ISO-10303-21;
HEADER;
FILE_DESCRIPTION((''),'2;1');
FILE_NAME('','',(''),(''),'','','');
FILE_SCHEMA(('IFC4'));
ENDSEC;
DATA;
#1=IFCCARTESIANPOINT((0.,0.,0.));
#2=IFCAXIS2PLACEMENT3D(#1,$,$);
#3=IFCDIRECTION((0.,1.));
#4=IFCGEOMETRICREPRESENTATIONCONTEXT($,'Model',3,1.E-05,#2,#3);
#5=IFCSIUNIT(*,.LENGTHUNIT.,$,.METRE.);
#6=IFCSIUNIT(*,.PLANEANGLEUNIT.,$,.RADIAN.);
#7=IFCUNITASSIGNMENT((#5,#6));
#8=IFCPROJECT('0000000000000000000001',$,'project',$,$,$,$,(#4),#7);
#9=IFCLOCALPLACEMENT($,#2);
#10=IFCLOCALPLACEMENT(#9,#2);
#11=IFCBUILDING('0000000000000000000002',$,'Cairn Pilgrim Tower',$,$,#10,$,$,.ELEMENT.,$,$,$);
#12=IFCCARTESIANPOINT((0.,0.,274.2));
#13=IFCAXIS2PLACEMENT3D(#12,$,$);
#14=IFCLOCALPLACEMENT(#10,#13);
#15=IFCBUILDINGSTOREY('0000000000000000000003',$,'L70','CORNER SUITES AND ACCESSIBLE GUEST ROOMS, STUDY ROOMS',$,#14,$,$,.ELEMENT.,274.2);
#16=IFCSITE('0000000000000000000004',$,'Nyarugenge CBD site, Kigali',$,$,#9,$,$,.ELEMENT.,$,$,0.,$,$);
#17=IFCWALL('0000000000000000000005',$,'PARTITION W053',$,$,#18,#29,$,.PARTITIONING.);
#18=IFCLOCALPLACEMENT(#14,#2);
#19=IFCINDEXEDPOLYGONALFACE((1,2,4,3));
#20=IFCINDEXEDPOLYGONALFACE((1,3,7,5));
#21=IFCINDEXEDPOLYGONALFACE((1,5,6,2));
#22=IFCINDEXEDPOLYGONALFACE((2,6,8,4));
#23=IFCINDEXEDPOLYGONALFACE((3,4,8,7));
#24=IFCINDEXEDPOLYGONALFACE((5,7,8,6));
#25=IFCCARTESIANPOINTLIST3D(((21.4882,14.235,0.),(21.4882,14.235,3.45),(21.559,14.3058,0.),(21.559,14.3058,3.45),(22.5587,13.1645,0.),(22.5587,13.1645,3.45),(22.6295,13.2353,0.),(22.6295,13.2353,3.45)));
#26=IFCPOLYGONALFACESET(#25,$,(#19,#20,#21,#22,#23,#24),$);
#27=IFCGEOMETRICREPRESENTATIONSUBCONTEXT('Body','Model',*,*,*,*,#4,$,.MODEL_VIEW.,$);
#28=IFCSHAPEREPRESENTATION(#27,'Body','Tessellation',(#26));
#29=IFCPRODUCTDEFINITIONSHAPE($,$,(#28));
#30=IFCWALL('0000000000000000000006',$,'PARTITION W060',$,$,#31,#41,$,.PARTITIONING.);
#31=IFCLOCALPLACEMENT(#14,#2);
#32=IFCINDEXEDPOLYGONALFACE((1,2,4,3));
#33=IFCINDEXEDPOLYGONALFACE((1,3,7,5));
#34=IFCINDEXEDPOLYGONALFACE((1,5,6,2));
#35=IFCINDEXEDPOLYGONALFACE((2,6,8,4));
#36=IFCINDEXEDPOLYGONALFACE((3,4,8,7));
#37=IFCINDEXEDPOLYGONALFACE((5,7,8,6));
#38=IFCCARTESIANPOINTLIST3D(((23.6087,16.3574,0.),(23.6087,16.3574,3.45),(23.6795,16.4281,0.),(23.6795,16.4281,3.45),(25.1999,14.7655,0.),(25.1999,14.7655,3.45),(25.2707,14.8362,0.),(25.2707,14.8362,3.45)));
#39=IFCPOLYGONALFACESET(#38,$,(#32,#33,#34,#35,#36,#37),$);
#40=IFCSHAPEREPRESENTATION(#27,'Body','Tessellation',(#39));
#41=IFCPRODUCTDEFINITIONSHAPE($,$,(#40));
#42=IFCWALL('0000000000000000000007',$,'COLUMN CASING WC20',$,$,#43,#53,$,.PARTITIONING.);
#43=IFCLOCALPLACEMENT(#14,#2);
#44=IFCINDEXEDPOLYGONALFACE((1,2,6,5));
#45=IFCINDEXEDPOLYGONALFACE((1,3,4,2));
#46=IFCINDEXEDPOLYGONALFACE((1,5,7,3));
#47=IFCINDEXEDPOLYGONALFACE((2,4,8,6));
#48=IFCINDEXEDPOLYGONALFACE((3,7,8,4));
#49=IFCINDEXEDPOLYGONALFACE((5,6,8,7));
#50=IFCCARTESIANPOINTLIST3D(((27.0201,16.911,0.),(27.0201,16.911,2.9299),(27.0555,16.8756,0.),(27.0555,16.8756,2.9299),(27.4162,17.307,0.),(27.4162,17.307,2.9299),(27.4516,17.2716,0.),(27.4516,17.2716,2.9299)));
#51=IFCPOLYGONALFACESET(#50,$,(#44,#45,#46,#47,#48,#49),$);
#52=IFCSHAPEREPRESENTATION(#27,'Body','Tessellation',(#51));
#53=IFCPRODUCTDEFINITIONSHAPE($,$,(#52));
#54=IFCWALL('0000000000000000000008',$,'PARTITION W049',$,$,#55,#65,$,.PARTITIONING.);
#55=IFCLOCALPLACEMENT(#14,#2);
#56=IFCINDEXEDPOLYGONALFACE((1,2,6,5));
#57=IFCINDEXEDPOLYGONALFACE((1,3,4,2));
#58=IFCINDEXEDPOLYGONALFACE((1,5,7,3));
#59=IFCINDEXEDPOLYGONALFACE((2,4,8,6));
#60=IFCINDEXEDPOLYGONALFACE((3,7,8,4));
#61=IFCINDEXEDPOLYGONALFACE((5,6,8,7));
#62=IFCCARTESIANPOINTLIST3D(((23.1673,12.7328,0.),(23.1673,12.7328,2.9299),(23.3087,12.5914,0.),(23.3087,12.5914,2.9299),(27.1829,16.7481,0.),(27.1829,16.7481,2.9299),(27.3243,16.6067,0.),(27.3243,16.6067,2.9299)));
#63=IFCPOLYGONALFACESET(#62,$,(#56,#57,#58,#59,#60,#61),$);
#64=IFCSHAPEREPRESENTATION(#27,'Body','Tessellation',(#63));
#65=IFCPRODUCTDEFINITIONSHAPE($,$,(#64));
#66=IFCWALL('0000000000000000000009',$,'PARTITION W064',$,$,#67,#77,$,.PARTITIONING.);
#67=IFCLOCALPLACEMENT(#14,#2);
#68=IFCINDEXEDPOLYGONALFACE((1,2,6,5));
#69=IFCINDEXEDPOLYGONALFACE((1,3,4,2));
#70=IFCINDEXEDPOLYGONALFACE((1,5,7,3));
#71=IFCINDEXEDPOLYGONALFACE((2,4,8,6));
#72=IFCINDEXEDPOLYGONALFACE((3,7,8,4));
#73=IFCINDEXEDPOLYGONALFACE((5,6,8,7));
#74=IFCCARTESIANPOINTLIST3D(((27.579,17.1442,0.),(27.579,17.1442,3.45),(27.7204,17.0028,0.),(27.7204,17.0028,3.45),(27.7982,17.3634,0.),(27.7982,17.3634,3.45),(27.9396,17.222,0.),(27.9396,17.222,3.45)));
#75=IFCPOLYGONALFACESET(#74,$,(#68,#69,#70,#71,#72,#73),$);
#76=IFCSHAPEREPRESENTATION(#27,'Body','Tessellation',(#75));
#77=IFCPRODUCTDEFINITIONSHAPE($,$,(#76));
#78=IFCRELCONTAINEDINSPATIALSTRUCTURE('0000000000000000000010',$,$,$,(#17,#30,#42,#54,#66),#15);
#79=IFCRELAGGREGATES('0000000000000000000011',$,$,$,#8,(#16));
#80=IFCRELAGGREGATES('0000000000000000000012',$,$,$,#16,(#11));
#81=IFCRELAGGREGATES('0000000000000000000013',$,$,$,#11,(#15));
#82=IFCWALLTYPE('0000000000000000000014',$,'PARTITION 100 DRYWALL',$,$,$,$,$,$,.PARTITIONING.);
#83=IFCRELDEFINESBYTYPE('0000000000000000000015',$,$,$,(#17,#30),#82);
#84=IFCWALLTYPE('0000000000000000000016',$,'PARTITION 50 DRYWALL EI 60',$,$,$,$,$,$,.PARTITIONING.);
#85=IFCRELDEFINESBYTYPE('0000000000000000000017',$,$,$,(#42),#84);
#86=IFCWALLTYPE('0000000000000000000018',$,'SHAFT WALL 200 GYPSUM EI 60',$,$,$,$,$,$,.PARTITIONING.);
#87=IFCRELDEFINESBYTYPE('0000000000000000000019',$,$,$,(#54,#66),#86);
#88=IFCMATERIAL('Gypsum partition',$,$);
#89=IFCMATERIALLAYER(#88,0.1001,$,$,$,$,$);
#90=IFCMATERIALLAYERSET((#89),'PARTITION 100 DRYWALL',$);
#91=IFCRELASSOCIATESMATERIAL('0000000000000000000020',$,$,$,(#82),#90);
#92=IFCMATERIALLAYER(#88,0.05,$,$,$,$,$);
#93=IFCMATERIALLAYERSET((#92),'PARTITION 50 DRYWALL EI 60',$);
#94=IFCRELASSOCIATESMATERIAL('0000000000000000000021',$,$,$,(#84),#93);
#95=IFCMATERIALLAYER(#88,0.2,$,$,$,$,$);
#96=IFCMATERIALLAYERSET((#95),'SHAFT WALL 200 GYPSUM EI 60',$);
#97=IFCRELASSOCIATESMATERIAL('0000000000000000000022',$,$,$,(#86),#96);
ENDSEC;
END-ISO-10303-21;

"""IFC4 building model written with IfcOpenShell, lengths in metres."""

from ifc_helpers import new_model, si_unit, direction, frame, frame_2d, origin, place, context, subcontext, project, spatial, rectangle, extrude, material, layer, layer_set, type_object, element, save


model = new_model("IFC4")

# Units and contexts
model_context = context("Model", 3, precision=1e-05, world=origin(), true_north=direction((0.0, 1.0)))
body_context = subcontext(model_context, "Body", "Model", "MODEL_VIEW")
ifc_project = project(units=[si_unit("LENGTHUNIT", "METRE"), si_unit("PLANEANGLEUNIT", "RADIAN")], contexts=[model_context])

# Site, building, storey
site_placement = place(None, origin())
site = spatial("IfcSite", under=ifc_project, at=site_placement, Name="Nyarugenge CBD site, Kigali", CompositionType="ELEMENT", RefElevation=0.0)
building_placement = place(site_placement, origin())
building = spatial("IfcBuilding", under=site, at=building_placement, Name="Cairn Pilgrim Tower", CompositionType="ELEMENT")
storey_placement = place(building_placement, frame((0.0, 0.0, 274.2)))
storey = spatial("IfcBuildingStorey", under=building, at=storey_placement, Name="L70", Description="CORNER SUITES AND ACCESSIBLE GUEST ROOMS, STUDY ROOMS", CompositionType="ELEMENT", Elevation=274.2)

# Walls
ifc_material_1 = material(Name="Gypsum partition")
ifc_layer_1 = layer(ifc_material_1, 0.1001)
ifc_layer_set_1 = layer_set([ifc_layer_1], Name="PARTITION 100 DRYWALL")
wall_type_1 = type_object("IfcWallType", Name="PARTITION 100 DRYWALL", PredefinedType="PARTITIONING", material=ifc_layer_set_1)
wall_1_placement = place(storey_placement, frame((22.594, 13.2, 0.0), z_axis=(0.0, 0.0, 1.0), x_axis=(-0.707107, 0.707107, 0.0)))
element("IfcWall", 1, at=wall_1_placement, inside=storey, type_object=wall_type_1, Name="PARTITION W053", PredefinedType="PARTITIONING", context=body_context, shape_type="SweptSolid", body=[
    extrude(rectangle(XDim=1.5139, YDim=0.1001, at=frame_2d((0.7568, 0.0))), origin(), (0.0, 0.0, 1.0), 3.45),
])
wall_2_placement = place(storey_placement, frame((25.2354, 14.8008, 0.0), z_axis=(0.0, 0.0, 1.0), x_axis=(-0.706944, 0.707269, 0.0)))
element("IfcWall", 2, at=wall_2_placement, inside=storey, type_object=wall_type_1, Name="PARTITION W060", PredefinedType="PARTITIONING", context=body_context, shape_type="SweptSolid", body=[
    extrude(rectangle(XDim=2.2507, YDim=0.1001, at=frame_2d((1.1255, 0.0))), origin(), (0.0, 0.0, 1.0), 3.45),
])
ifc_layer_2 = layer(ifc_material_1, 0.05)
ifc_layer_set_2 = layer_set([ifc_layer_2], Name="PARTITION 50 DRYWALL EI 60")
wall_type_2 = type_object("IfcWallType", Name="PARTITION 50 DRYWALL EI 60", PredefinedType="PARTITIONING", material=ifc_layer_set_2)
wall_3_placement = place(storey_placement, frame((27.0378, 16.8933, 0.0), z_axis=(0.0, 0.0, 1.0), x_axis=(0.707107, 0.707107, 0.0)))
element("IfcWall", 3, at=wall_3_placement, inside=storey, type_object=wall_type_2, Name="COLUMN CASING WC20", PredefinedType="PARTITIONING", context=body_context, shape_type="SweptSolid", body=[
    extrude(rectangle(XDim=0.5601, YDim=0.05, at=frame_2d((0.28, 0.0))), origin(), (0.0, 0.0, 1.0), 2.9299),
])
ifc_layer_3 = layer(ifc_material_1, 0.2)
ifc_layer_set_3 = layer_set([ifc_layer_3], Name="SHAFT WALL 200 GYPSUM EI 60")
wall_type_3 = type_object("IfcWallType", Name="SHAFT WALL 200 GYPSUM EI 60", PredefinedType="PARTITIONING", material=ifc_layer_set_3)
wall_4_placement = place(storey_placement, frame((23.238, 12.6621, 0.0), z_axis=(0.0, 0.0, 1.0), x_axis=(0.707128, 0.707085, 0.0)))
element("IfcWall", 4, at=wall_4_placement, inside=storey, type_object=wall_type_3, Name="PARTITION W049", PredefinedType="PARTITIONING", context=body_context, shape_type="SweptSolid", body=[
    extrude(rectangle(XDim=5.6787, YDim=0.2, at=frame_2d((2.8394, 0.0))), origin(), (0.0, 0.0, 1.0), 2.9299),
])
wall_5_placement = place(storey_placement, frame((27.6497, 17.0735, 0.0), z_axis=(0.0, 0.0, 1.0), x_axis=(0.707107, 0.707107, 0.0)))
element("IfcWall", 5, at=wall_5_placement, inside=storey, type_object=wall_type_3, Name="PARTITION W064", PredefinedType="PARTITIONING", context=body_context, shape_type="SweptSolid", body=[
    extrude(rectangle(XDim=0.3101, YDim=0.2, at=frame_2d((0.155, 0.0))), origin(), (0.0, 0.0, 1.0), 3.45),
])

save(model, "model.ifc")
